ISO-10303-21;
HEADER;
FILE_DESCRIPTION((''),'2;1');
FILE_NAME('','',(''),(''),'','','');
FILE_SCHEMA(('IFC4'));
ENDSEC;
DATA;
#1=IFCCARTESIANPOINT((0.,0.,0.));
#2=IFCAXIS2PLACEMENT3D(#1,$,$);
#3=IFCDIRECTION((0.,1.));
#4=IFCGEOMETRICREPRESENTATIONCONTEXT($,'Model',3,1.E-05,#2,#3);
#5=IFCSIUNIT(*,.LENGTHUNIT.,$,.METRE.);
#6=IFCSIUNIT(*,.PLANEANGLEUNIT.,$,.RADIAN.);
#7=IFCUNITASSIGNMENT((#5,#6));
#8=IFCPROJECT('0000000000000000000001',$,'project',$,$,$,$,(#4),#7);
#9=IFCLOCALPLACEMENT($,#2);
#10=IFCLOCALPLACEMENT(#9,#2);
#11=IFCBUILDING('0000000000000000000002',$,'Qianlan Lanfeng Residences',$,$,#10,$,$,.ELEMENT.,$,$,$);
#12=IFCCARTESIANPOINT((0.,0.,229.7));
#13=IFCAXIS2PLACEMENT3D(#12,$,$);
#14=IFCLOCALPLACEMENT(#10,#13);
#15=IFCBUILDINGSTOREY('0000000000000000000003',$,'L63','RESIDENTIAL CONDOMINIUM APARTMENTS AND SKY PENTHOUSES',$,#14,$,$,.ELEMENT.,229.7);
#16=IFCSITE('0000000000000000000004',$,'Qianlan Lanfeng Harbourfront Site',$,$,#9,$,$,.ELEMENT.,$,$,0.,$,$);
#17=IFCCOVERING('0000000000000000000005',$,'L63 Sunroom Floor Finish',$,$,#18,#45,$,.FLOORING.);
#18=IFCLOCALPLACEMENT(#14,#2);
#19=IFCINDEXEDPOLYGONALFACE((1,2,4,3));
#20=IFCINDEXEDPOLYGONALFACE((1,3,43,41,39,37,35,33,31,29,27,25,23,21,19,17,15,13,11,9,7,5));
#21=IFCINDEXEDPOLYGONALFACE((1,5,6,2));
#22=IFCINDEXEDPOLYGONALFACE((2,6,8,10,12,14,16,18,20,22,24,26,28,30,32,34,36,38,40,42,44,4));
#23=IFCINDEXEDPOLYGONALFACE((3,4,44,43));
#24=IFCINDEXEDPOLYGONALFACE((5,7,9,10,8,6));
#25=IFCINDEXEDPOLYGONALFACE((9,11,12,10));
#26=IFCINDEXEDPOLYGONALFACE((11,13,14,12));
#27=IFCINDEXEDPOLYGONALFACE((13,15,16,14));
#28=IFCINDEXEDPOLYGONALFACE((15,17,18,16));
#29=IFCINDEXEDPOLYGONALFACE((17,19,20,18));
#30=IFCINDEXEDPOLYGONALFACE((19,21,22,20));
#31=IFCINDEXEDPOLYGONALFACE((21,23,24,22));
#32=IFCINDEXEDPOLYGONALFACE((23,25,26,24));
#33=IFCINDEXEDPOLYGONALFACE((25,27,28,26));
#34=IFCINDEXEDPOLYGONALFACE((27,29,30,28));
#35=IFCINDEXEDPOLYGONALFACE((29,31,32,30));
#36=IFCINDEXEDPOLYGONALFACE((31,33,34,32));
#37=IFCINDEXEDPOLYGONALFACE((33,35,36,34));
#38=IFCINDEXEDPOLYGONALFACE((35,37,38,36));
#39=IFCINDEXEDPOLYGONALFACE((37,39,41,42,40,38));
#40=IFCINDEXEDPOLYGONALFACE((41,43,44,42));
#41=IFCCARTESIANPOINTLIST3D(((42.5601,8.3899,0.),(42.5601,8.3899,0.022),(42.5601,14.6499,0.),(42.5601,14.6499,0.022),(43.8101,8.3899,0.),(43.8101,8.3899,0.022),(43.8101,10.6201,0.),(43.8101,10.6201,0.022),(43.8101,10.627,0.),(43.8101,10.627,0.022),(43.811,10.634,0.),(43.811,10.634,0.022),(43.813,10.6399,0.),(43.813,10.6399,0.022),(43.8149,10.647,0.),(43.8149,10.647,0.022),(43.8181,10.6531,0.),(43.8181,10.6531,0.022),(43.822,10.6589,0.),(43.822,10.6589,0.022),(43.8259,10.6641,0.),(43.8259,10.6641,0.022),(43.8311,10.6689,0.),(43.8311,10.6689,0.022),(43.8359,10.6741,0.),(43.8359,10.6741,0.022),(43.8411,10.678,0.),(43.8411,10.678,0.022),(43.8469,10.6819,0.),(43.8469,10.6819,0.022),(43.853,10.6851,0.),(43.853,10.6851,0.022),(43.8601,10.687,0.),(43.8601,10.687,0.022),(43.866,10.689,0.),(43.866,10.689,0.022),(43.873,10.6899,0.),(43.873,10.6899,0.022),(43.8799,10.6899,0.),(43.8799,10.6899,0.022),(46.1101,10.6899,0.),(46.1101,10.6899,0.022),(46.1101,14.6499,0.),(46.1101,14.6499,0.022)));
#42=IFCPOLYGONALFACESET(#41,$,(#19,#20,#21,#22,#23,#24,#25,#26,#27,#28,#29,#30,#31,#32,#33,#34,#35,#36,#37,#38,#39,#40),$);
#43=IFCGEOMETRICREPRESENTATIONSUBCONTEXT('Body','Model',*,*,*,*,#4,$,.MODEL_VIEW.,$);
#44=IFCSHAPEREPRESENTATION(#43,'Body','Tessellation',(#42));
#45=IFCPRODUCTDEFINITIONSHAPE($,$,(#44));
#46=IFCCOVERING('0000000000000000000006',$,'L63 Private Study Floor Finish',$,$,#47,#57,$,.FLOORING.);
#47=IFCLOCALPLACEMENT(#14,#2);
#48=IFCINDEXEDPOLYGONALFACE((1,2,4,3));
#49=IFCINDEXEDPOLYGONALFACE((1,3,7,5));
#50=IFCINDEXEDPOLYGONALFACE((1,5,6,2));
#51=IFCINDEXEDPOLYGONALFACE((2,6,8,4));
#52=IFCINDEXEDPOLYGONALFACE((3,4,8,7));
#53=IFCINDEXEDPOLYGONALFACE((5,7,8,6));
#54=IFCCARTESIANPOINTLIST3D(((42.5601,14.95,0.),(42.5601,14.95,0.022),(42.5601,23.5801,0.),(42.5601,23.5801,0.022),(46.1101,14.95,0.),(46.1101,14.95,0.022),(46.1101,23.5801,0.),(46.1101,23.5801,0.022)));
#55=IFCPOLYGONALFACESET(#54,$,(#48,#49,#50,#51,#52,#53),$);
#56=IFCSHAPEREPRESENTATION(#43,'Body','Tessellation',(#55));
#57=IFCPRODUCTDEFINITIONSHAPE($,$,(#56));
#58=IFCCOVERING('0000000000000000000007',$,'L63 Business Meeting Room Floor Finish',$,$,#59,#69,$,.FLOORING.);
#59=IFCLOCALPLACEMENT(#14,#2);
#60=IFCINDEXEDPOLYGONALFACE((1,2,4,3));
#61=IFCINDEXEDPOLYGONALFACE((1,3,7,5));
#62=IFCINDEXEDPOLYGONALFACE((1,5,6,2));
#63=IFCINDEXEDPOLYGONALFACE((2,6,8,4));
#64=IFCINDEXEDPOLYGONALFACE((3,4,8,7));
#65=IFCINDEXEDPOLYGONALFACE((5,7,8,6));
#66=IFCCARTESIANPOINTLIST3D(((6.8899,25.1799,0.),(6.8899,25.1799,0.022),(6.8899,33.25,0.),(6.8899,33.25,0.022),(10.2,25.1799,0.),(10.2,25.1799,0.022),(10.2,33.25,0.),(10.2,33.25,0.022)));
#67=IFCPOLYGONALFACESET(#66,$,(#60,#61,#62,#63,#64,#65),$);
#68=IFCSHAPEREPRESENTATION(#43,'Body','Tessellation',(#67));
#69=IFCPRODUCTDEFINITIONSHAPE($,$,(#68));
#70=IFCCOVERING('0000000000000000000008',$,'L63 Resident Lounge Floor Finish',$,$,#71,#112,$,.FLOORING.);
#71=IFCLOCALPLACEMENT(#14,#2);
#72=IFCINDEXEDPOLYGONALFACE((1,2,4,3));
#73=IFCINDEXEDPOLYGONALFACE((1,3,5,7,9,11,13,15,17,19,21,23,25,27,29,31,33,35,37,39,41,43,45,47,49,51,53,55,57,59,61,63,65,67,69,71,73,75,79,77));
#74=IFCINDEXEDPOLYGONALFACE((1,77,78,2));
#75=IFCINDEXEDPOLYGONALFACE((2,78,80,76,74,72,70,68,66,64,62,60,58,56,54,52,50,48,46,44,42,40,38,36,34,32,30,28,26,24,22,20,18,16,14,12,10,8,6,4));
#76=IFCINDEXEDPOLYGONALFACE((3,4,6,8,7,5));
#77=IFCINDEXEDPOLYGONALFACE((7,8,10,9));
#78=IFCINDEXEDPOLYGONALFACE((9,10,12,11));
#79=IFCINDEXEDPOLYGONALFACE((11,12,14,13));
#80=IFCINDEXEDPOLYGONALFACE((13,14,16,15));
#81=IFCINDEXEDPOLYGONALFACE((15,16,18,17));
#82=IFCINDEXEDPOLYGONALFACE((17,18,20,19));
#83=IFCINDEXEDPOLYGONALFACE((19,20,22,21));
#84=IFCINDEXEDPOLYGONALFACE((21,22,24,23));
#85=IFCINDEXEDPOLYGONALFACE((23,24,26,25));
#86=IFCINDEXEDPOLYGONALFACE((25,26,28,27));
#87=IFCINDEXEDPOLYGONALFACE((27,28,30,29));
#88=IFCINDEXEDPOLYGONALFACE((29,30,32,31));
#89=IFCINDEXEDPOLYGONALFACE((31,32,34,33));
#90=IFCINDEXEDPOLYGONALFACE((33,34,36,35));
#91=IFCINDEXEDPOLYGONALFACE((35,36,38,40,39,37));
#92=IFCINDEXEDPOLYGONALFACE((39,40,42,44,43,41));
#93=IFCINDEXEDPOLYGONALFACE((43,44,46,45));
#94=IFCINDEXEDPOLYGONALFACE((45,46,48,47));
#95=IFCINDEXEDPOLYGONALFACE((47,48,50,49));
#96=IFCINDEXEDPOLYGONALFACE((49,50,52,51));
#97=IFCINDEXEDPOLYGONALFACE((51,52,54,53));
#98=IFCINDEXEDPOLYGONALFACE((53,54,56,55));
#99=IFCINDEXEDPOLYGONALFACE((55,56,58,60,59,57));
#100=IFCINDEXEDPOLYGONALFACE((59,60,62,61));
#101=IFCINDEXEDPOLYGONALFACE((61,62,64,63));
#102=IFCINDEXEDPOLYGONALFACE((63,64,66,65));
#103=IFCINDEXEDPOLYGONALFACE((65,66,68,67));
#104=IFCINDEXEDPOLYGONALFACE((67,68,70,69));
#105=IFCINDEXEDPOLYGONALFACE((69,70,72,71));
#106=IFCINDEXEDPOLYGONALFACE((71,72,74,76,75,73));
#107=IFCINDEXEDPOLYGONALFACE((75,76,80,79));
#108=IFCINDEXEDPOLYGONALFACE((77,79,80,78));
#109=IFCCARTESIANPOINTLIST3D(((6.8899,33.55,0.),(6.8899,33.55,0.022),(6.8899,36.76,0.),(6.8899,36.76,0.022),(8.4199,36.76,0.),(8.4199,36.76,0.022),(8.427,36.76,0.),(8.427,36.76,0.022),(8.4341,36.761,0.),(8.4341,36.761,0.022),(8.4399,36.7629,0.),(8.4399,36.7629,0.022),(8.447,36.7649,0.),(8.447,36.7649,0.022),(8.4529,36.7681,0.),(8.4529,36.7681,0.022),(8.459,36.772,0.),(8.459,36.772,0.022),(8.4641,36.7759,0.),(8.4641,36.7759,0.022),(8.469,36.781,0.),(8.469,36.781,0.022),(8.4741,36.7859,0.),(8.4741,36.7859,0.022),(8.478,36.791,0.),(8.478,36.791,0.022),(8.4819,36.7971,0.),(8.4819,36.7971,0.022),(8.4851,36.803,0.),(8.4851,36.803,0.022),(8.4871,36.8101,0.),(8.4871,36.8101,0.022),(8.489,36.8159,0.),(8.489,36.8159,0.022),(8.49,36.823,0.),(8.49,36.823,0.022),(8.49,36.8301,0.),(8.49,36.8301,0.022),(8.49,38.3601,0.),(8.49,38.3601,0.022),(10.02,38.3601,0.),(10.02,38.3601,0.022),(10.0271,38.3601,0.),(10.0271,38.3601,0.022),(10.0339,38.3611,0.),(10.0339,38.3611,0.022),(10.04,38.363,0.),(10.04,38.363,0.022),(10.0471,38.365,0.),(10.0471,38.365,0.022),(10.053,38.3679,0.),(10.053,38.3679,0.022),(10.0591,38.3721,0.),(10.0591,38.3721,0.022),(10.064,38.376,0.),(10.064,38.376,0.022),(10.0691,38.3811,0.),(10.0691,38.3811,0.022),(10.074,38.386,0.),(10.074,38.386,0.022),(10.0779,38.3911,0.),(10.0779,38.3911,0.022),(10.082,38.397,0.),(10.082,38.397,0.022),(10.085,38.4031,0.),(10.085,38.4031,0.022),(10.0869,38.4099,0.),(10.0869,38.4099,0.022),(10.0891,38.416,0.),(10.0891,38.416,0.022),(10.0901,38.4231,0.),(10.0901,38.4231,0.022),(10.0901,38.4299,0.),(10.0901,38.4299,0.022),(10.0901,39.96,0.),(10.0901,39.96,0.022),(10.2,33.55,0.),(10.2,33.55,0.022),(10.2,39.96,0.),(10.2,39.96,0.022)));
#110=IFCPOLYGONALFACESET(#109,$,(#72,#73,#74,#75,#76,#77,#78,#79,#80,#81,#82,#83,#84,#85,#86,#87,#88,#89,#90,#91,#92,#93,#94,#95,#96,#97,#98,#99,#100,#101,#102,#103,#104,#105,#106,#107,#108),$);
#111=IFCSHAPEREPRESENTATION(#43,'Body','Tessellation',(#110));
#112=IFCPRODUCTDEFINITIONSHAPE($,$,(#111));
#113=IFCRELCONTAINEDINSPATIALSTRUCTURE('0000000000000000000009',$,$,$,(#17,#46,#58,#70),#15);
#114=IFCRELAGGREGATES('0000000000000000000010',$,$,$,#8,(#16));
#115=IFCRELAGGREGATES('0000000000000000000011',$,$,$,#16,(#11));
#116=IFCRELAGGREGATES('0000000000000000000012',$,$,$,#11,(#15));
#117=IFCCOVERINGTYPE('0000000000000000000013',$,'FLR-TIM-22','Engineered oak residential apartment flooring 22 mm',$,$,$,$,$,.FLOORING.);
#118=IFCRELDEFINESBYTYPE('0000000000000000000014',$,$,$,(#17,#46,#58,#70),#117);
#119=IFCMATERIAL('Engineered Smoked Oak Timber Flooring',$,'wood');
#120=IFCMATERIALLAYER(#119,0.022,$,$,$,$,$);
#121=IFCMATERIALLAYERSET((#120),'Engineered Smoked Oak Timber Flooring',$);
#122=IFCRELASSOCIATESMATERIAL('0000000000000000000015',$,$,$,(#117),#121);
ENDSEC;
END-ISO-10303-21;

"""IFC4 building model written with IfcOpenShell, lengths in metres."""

from ifc_helpers import new_model, si_unit, direction, frame, origin, place, context, subcontext, project, spatial, polyline, outline, extrude, material, layer, layer_set, type_object, element, save


model = new_model("IFC4")

# Units and contexts
model_context = context("Model", 3, precision=1e-05, world=origin(), true_north=direction((0.0, 1.0)))
body_context = subcontext(model_context, "Body", "Model", "MODEL_VIEW")
ifc_project = project(units=[si_unit("LENGTHUNIT", "METRE"), si_unit("PLANEANGLEUNIT", "RADIAN")], contexts=[model_context])

# Site, building, storey
site_placement = place(None, origin())
site = spatial("IfcSite", under=ifc_project, at=site_placement, Name="Qianlan Lanfeng Harbourfront Site", CompositionType="ELEMENT", RefElevation=0.0)
building_placement = place(site_placement, origin())
building = spatial("IfcBuilding", under=site, at=building_placement, Name="Qianlan Lanfeng Residences", CompositionType="ELEMENT")
storey_placement = place(building_placement, frame((0.0, 0.0, 229.7)))
storey = spatial("IfcBuildingStorey", under=building, at=storey_placement, Name="L63", Description="RESIDENTIAL CONDOMINIUM APARTMENTS AND SKY PENTHOUSES", CompositionType="ELEMENT", Elevation=229.7)

# Coverings
ifc_material_1 = material(Name="Engineered Smoked Oak Timber Flooring", Category="wood")
ifc_layer_1 = layer(ifc_material_1, 0.022)
ifc_layer_set_1 = layer_set([ifc_layer_1], Name="Engineered Smoked Oak Timber Flooring")
covering_type_1 = type_object("IfcCoveringType", Name="FLR-TIM-22", Description="Engineered oak residential apartment flooring 22 mm", PredefinedType="FLOORING", material=ifc_layer_set_1)
covering_1_placement = place(storey_placement, origin())
element("IfcCovering", 1, at=covering_1_placement, inside=storey, type_object=covering_type_1, Name="L63 Sunroom Floor Finish", PredefinedType="FLOORING", context=body_context, shape_type="SweptSolid", body=[
    extrude(outline(polyline([(46.1101, 14.6499), (42.5601, 14.6499), (42.5601, 8.3899), (43.8101, 8.3899), (43.8101, 10.6201), (43.8101, 10.627), (43.811, 10.634), (43.813, 10.6399), (43.8149, 10.647), (43.8181, 10.6531), (43.822, 10.6589), (43.8259, 10.6641), (43.8311, 10.6689), (43.8359, 10.6741), (43.8411, 10.678), (43.8469, 10.6819), (43.853, 10.6851), (43.8601, 10.687), (43.866, 10.689), (43.873, 10.6899), (43.8799, 10.6899), (46.1101, 10.6899), (46.1101, 14.6499)])), origin(), (0.0, 0.0, 1.0), 0.022),
])
covering_2_placement = place(storey_placement, origin())
element("IfcCovering", 2, at=covering_2_placement, inside=storey, type_object=covering_type_1, Name="L63 Private Study Floor Finish", PredefinedType="FLOORING", context=body_context, shape_type="SweptSolid", body=[
    extrude(outline(polyline([(46.1101, 23.5801), (42.5601, 23.5801), (42.5601, 14.95), (46.1101, 14.95), (46.1101, 23.5801)])), origin(), (0.0, 0.0, 1.0), 0.022),
])
covering_3_placement = place(storey_placement, origin())
element("IfcCovering", 3, at=covering_3_placement, inside=storey, type_object=covering_type_1, Name="L63 Business Meeting Room Floor Finish", PredefinedType="FLOORING", context=body_context, shape_type="SweptSolid", body=[
    extrude(outline(polyline([(10.2, 33.25), (6.8899, 33.25), (6.8899, 25.1799), (10.2, 25.1799), (10.2, 33.25)])), origin(), (0.0, 0.0, 1.0), 0.022),
])
covering_4_placement = place(storey_placement, origin())
element("IfcCovering", 4, at=covering_4_placement, inside=storey, type_object=covering_type_1, Name="L63 Resident Lounge Floor Finish", PredefinedType="FLOORING", context=body_context, shape_type="SweptSolid", body=[
    extrude(outline(polyline([(6.8899, 33.55), (10.2, 33.55), (10.2, 39.96), (10.0901, 39.96), (10.0901, 38.4299), (10.0901, 38.4231), (10.0891, 38.416), (10.0869, 38.4099), (10.085, 38.4031), (10.082, 38.397), (10.0779, 38.3911), (10.074, 38.386), (10.0691, 38.3811), (10.064, 38.376), (10.0591, 38.3721), (10.053, 38.3679), (10.0471, 38.365), (10.04, 38.363), (10.0339, 38.3611), (10.0271, 38.3601), (10.02, 38.3601), (8.49, 38.3601), (8.49, 36.8301), (8.49, 36.823), (8.489, 36.8159), (8.4871, 36.8101), (8.4851, 36.803), (8.4819, 36.7971), (8.478, 36.791), (8.4741, 36.7859), (8.469, 36.781), (8.4641, 36.7759), (8.459, 36.772), (8.4529, 36.7681), (8.447, 36.7649), (8.4399, 36.7629), (8.4341, 36.761), (8.427, 36.76), (8.4199, 36.76), (6.8899, 36.76), (6.8899, 33.55)])), origin(), (0.0, 0.0, 1.0), 0.022),
])

save(model, "model.ifc")
